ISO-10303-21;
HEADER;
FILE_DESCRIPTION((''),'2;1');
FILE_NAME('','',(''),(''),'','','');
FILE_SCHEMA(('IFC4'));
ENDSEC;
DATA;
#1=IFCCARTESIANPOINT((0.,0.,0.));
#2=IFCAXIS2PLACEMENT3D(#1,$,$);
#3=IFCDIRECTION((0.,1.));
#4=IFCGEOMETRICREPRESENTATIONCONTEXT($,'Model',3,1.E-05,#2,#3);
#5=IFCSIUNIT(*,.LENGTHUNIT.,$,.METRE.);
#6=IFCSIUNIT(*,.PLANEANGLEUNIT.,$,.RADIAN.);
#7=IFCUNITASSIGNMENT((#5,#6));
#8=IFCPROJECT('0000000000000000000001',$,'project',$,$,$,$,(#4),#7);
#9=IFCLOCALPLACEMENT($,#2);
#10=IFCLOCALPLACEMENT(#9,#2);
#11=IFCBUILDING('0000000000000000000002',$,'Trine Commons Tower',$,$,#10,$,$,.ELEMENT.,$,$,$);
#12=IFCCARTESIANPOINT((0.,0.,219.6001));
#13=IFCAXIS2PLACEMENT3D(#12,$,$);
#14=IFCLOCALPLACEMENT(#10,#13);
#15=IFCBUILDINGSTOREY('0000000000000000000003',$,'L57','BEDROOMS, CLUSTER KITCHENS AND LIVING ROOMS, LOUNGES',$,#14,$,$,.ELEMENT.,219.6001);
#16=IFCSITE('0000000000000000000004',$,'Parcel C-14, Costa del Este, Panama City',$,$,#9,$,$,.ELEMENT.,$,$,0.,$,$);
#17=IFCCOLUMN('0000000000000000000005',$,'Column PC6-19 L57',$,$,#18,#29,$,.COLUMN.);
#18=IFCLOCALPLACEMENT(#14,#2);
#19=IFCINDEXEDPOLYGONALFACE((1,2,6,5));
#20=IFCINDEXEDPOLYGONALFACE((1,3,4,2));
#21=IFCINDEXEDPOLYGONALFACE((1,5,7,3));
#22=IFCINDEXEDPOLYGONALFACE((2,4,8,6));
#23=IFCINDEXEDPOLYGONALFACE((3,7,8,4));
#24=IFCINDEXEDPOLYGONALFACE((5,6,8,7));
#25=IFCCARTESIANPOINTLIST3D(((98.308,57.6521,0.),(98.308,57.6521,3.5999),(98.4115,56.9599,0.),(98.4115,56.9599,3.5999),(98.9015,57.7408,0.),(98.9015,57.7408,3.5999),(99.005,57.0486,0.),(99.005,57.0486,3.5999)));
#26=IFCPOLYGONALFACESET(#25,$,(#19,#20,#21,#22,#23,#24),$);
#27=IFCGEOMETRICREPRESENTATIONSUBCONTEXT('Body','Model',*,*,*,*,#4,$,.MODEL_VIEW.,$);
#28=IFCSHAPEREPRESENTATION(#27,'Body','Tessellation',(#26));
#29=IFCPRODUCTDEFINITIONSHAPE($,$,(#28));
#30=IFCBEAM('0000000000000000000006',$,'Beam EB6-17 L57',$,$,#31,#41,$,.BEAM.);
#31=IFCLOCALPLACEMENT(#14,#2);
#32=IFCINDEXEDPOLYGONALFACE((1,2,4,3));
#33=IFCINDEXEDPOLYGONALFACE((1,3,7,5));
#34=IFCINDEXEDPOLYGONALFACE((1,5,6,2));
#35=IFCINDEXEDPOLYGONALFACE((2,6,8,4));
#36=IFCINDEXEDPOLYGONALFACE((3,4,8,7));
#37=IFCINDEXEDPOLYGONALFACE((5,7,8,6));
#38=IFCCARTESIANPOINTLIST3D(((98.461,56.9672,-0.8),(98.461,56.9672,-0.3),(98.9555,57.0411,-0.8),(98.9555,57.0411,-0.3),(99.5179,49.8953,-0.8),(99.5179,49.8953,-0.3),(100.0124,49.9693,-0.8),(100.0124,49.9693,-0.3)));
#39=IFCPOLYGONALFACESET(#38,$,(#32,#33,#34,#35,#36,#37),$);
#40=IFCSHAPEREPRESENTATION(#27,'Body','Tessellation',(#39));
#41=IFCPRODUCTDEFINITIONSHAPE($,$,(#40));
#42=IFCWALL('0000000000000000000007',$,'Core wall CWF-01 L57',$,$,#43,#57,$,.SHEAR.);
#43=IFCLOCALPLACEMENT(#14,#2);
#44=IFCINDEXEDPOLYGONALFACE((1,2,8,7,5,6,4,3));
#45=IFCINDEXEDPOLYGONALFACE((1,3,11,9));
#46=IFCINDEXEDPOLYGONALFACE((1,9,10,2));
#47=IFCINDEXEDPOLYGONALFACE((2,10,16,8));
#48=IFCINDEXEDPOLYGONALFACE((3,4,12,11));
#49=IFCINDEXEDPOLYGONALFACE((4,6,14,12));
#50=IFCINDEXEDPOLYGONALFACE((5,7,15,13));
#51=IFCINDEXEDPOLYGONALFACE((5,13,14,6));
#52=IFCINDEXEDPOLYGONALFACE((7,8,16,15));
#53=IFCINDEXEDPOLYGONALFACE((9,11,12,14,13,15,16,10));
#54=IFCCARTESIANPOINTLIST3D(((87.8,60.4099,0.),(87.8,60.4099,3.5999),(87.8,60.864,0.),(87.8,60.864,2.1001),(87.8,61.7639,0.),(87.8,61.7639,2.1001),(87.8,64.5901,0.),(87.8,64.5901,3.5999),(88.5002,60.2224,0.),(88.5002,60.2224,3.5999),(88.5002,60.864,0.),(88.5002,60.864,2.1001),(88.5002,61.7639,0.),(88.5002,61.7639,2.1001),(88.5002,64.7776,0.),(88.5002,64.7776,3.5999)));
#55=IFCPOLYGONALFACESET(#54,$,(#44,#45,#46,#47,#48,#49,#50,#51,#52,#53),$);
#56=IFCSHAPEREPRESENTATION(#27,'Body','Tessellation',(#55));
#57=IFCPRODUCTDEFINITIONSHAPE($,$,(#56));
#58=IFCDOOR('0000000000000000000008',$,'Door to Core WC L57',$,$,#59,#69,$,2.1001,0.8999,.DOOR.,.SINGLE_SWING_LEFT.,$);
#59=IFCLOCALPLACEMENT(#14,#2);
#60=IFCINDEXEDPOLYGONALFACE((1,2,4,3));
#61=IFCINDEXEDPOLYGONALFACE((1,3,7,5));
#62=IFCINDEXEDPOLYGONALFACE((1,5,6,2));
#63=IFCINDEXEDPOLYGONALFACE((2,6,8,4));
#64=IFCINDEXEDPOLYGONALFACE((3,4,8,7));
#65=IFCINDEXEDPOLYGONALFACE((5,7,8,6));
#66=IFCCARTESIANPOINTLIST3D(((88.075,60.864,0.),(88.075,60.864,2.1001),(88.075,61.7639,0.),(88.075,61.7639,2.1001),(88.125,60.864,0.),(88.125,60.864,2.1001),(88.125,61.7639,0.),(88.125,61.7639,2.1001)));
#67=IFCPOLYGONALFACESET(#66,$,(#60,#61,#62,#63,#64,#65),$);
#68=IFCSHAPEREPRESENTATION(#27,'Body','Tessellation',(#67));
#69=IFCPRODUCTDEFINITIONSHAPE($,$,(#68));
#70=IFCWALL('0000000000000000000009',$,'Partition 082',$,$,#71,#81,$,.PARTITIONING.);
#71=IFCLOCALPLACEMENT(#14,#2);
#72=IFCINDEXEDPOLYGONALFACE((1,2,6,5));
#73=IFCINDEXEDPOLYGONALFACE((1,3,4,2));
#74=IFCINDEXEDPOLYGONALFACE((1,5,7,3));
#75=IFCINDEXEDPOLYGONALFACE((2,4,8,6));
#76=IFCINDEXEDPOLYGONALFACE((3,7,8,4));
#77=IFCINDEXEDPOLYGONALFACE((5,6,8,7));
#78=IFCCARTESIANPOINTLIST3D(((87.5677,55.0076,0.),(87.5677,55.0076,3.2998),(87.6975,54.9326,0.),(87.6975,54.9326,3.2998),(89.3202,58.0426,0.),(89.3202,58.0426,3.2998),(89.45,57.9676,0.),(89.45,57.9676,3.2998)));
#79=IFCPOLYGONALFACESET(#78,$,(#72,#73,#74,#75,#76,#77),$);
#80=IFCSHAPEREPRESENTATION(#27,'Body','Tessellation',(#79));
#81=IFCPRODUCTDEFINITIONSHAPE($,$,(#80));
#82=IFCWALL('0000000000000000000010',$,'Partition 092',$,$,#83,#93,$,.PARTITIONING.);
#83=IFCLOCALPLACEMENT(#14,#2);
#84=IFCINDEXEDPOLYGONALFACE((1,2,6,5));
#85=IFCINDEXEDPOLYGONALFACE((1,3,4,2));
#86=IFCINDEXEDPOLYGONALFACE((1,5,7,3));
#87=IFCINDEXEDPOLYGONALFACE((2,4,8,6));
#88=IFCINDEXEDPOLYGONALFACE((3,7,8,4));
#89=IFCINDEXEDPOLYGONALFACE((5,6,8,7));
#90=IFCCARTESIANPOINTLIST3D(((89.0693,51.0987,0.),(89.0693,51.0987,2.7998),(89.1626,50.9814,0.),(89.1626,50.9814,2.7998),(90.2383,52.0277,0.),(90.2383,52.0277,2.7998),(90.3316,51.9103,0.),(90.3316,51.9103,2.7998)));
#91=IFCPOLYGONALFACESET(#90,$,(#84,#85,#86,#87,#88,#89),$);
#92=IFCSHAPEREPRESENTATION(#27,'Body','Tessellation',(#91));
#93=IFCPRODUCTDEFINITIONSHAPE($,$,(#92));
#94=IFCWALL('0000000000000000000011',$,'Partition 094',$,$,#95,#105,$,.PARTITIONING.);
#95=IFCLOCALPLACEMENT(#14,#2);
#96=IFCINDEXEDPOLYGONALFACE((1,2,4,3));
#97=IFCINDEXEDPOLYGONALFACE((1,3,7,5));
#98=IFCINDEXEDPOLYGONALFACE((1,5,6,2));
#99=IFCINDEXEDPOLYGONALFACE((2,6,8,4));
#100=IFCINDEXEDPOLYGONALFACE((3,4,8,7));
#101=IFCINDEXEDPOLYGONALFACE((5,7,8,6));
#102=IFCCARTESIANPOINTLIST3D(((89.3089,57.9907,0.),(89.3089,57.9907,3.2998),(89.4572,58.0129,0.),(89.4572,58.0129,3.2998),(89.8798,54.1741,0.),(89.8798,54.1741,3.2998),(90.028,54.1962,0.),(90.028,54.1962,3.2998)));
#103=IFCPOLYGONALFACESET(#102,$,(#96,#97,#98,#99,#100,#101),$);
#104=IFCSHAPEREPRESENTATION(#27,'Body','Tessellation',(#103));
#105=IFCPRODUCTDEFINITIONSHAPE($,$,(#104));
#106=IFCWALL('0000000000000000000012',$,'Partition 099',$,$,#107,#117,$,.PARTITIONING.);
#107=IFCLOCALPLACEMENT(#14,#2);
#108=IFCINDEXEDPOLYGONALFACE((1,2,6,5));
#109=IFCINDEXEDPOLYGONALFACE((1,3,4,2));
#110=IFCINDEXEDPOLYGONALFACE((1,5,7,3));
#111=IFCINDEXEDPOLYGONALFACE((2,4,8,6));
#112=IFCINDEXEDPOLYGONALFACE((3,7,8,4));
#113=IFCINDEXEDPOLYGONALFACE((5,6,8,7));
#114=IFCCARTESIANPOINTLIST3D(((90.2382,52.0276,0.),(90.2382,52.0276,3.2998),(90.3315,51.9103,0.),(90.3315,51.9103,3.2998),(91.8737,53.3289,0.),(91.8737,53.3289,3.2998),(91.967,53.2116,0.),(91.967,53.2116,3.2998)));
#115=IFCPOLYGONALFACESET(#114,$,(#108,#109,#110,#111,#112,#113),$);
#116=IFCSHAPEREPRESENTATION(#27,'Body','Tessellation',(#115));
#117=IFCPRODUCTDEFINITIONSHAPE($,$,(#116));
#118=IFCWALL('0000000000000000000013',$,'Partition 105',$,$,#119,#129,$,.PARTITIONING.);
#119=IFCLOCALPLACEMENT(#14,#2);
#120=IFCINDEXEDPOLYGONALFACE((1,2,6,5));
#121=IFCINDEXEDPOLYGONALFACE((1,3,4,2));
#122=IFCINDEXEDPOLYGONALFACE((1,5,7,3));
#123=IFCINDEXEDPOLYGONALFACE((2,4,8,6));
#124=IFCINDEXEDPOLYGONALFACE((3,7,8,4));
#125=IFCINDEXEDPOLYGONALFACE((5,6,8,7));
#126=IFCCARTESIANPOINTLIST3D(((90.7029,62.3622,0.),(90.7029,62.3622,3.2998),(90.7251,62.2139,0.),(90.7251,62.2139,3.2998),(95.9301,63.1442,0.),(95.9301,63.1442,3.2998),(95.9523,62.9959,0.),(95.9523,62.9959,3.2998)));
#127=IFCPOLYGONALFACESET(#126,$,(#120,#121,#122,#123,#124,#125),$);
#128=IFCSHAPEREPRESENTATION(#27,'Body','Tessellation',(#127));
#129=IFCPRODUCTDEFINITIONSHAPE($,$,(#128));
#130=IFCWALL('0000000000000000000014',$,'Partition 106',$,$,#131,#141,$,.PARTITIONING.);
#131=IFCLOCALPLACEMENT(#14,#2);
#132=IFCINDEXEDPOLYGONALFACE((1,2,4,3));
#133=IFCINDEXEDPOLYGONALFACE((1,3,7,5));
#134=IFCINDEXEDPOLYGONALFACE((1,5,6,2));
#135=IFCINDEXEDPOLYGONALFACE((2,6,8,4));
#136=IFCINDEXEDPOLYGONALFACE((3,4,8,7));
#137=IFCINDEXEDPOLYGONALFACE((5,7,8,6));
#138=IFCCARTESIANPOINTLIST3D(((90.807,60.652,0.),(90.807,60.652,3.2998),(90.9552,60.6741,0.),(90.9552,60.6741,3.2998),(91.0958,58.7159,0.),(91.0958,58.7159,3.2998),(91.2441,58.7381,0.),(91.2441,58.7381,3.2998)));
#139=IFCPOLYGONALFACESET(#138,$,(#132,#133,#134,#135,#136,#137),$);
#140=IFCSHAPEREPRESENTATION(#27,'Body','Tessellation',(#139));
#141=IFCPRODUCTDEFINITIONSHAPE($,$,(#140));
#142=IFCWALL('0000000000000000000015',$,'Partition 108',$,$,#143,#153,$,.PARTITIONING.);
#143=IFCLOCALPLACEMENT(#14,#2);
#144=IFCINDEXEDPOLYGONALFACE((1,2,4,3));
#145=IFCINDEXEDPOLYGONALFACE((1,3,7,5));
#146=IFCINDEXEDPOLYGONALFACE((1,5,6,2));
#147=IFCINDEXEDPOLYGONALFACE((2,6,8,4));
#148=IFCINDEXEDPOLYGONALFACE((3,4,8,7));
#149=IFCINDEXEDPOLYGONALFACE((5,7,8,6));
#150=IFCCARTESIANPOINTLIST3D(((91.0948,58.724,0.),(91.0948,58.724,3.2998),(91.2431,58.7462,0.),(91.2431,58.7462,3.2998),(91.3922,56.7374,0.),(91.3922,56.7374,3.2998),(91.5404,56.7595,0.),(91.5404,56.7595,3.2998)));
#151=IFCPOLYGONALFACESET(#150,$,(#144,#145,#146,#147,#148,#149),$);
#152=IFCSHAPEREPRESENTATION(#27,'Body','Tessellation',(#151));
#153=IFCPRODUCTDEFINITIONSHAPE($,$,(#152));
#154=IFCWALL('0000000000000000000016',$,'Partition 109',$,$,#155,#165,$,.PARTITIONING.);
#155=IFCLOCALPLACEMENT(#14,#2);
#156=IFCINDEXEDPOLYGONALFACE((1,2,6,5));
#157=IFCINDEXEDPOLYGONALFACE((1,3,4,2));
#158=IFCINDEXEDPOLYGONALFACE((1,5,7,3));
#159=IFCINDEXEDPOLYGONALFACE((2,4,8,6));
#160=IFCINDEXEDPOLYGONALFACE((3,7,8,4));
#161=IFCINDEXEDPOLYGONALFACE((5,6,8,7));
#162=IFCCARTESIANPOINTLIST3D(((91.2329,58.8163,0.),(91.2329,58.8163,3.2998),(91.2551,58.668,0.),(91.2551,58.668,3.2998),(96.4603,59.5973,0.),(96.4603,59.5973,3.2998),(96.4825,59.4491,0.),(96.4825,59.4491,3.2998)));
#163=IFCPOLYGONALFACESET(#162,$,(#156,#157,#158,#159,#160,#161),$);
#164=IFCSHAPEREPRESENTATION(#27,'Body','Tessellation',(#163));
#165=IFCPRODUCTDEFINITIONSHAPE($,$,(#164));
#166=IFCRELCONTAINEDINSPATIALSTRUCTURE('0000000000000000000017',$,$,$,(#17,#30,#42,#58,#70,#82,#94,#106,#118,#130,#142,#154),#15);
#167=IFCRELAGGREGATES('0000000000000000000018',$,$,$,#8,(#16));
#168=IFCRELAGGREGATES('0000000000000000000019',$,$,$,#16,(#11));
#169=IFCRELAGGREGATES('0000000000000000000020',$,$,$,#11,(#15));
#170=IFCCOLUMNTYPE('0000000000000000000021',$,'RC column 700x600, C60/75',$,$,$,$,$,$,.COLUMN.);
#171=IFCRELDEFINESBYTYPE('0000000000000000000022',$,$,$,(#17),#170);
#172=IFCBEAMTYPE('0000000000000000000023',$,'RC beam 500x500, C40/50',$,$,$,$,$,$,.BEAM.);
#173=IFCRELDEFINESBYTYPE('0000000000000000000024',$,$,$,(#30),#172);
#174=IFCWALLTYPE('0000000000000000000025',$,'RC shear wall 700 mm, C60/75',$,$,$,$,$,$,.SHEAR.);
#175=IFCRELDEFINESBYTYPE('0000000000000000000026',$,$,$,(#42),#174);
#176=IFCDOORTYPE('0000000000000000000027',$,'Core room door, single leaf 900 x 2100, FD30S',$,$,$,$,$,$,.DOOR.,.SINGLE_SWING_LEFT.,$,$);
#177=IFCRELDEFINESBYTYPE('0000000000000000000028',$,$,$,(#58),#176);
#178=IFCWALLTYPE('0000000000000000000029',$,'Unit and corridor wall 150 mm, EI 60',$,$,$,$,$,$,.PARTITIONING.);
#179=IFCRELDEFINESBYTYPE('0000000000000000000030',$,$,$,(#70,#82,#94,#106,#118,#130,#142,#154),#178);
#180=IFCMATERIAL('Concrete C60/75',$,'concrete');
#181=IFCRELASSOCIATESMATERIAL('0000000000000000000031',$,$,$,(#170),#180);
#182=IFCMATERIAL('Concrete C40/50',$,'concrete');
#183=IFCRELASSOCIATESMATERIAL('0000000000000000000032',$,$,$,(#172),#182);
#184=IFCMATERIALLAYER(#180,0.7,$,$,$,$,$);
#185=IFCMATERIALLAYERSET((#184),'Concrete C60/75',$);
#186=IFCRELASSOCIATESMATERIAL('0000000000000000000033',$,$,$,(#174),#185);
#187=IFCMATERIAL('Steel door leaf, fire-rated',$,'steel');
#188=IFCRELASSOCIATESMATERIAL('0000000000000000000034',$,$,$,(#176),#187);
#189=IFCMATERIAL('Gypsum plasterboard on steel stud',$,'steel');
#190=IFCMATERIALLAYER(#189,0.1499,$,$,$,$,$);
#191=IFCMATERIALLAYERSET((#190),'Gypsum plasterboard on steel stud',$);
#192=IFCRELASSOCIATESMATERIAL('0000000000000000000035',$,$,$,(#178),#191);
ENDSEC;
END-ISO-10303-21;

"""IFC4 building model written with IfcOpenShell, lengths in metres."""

from ifc_helpers import new_model, si_unit, direction, frame, frame_2d, origin, origin_2d, place, context, subcontext, project, spatial, polyline, rectangle, outline, extrude, material, layer, layer_set, material_profile, profile_set, type_object, element, fill, save


model = new_model("IFC4")

# Units and contexts
model_context = context("Model", 3, precision=1e-05, world=origin(), true_north=direction((0.0, 1.0)))
body_context = subcontext(model_context, "Body", "Model", "MODEL_VIEW")
ifc_project = project(units=[si_unit("LENGTHUNIT", "METRE"), si_unit("PLANEANGLEUNIT", "RADIAN")], contexts=[model_context])

# Site, building, storey
site_placement = place(None, origin())
site = spatial("IfcSite", under=ifc_project, at=site_placement, Name="Parcel C-14, Costa del Este, Panama City", CompositionType="ELEMENT", RefElevation=0.0)
building_placement = place(site_placement, origin())
building = spatial("IfcBuilding", under=site, at=building_placement, Name="Trine Commons Tower", CompositionType="ELEMENT")
storey_placement = place(building_placement, frame((0.0, 0.0, 219.6001)))
storey = spatial("IfcBuildingStorey", under=building, at=storey_placement, Name="L57", Description="BEDROOMS, CLUSTER KITCHENS AND LIVING ROOMS, LOUNGES", CompositionType="ELEMENT", Elevation=219.6001)

# Column
ifc_material_1 = material(Name="Concrete C60/75", Category="concrete")
ifc_material_profile_1 = material_profile(ifc_material_1, rectangle(XDim=0.7, YDim=0.6001, at=origin_2d()), Name="RC 700x600")
ifc_profile_set_1 = profile_set([ifc_material_profile_1], Name="Concrete C60/75")
column_type = type_object("IfcColumnType", Name="RC column 700x600, C60/75", PredefinedType="COLUMN", material=ifc_profile_set_1)
column_placement = place(storey_placement, frame((98.6565, 57.3503, 0.0), z_axis=(0.0, 0.0, 1.0), x_axis=(-0.147809, 0.989016, 0.0)))
element("IfcColumn", 1, at=column_placement, inside=storey, type_object=column_type, Name="Column PC6-19 L57", PredefinedType="COLUMN", context=body_context, shape_type="SweptSolid", body=[
    extrude(rectangle(XDim=0.7, YDim=0.6001, at=origin_2d()), origin(), (0.0, 0.0, 1.0), 3.5999),
])

# Beam
ifc_material_2 = material(Name="Concrete C40/50", Category="concrete")
ifc_material_profile_2 = material_profile(ifc_material_2, rectangle(XDim=0.5, YDim=0.5, at=origin_2d()), Name="RC 500x500")
ifc_profile_set_2 = profile_set([ifc_material_profile_2], Name="Concrete C40/50")
beam_type = type_object("IfcBeamType", Name="RC beam 500x500, C40/50", PredefinedType="BEAM", material=ifc_profile_set_2)
beam_placement = place(storey_placement, frame((98.7083, 57.0042, -0.55), z_axis=(0.147809, -0.989016, 0.0), x_axis=(0.989016, 0.147809, 0.0)))
element("IfcBeam", 2, at=beam_placement, inside=storey, type_object=beam_type, Name="Beam EB6-17 L57", PredefinedType="BEAM", context=body_context, shape_type="SweptSolid", body=[
    extrude(rectangle(XDim=0.5, YDim=0.5, at=origin_2d()), origin(), (0.0, 0.0, 1.0), 7.1504),
])

# Wall, opening, door
ifc_layer_1 = layer(ifc_material_1, 0.7)
ifc_layer_set_1 = layer_set([ifc_layer_1], Name="Concrete C60/75")
wall_type_1 = type_object("IfcWallType", Name="RC shear wall 700 mm, C60/75", PredefinedType="SHEAR", material=ifc_layer_set_1)
wall_1_placement = place(storey_placement, frame((88.1501, 60.2224, 0.0), z_axis=(0.0, 0.0, 1.0), x_axis=(0.0, 1.0, 0.0)))
wall_1 = element("IfcWall", 3, at=wall_1_placement, inside=storey, type_object=wall_type_1, Name="Core wall CWF-01 L57", PredefinedType="SHEAR", context=body_context, shape_type="SweptSolid", body=[
    extrude(outline(polyline([(0.0, -0.3501), (4.5552, -0.3501), (4.3677, 0.3501), (0.1875, 0.3501), (0.0, -0.3501)])), origin(), (0.0, 0.0, 1.0), 3.5999),
])
opening_1_placement = place(wall_1_placement, frame((0.6416, 0.0, 0.0)))
opening_1 = element("IfcOpeningElement", 4, at=opening_1_placement, cuts=wall_1, PredefinedType="OPENING", context=body_context, shape_type="SweptSolid", body=[
    extrude(rectangle(XDim=0.8999, YDim=2.1001, at=frame_2d((0.45, 1.05))), frame((0.0, 0.3599, 0.0), z_axis=(0.0, -1.0, 0.0), x_axis=(1.0, 0.0, 0.0)), (0.0, 0.0, 1.0), 0.72),
])
ifc_material_3 = material(Name="Steel door leaf, fire-rated", Category="steel")
door_type_1 = type_object("IfcDoorType", Name="Core room door, single leaf 900 x 2100, FD30S", OperationType="SINGLE_SWING_LEFT", PredefinedType="DOOR", material=ifc_material_3)
door_1_placement = place(opening_1_placement, origin())
door_1 = element("IfcDoor", 5, at=door_1_placement, inside=storey, type_object=door_type_1, Name="Door to Core WC L57", OperationType="SINGLE_SWING_LEFT", OverallHeight=2.1001, OverallWidth=0.8999, PredefinedType="DOOR", context=body_context, shape_type="SweptSolid", body=[
    extrude(rectangle(XDim=0.8999, YDim=2.1001, at=frame_2d((0.45, 1.05))), frame((0.0, 0.0752, 0.0), z_axis=(0.0, -1.0, 0.0), x_axis=(1.0, 0.0, 0.0)), (0.0, 0.0, 1.0), 0.05),
])
fill(opening_1, door_1)

# Walls
ifc_material_4 = material(Name="Gypsum plasterboard on steel stud", Category="steel")
ifc_layer_2 = layer(ifc_material_4, 0.1499)
ifc_layer_set_2 = layer_set([ifc_layer_2], Name="Gypsum plasterboard on steel stud")
wall_type_2 = type_object("IfcWallType", Name="Unit and corridor wall 150 mm, EI 60", PredefinedType="PARTITIONING", material=ifc_layer_set_2)
wall_2_placement = place(storey_placement, frame((87.6326, 54.97, 0.0), z_axis=(0.0, 0.0, 1.0), x_axis=(0.50005, 0.865996, 0.0)))
element("IfcWall", 6, at=wall_2_placement, inside=storey, type_object=wall_type_2, Name="Partition 082", PredefinedType="PARTITIONING", context=body_context, shape_type="SweptSolid", body=[
    extrude(rectangle(XDim=3.5046, YDim=0.1499, at=frame_2d((1.7524, 0.0))), origin(), (0.0, 0.0, 1.0), 3.2998),
])
wall_3_placement = place(storey_placement, frame((89.116, 51.04, 0.0), z_axis=(0.0, 0.0, 1.0), x_axis=(0.782891, 0.622159, 0.0)))
element("IfcWall", 7, at=wall_3_placement, inside=storey, type_object=wall_type_2, Name="Partition 092", PredefinedType="PARTITIONING", context=body_context, shape_type="SweptSolid", body=[
    extrude(rectangle(XDim=1.4932, YDim=0.1499, at=frame_2d((0.7466, 0.0))), origin(), (0.0, 0.0, 1.0), 2.7998),
])
wall_4_placement = place(storey_placement, frame((89.3831, 58.002, 0.0), z_axis=(0.0, 0.0, 1.0), x_axis=(0.14791, -0.989001, 0.0)))
element("IfcWall", 8, at=wall_4_placement, inside=storey, type_object=wall_type_2, Name="Partition 094", PredefinedType="PARTITIONING", context=body_context, shape_type="SweptSolid", body=[
    extrude(rectangle(XDim=3.8591, YDim=0.1499, at=frame_2d((1.9297, 0.0))), origin(), (0.0, 0.0, 1.0), 3.2998),
])
wall_5_placement = place(storey_placement, frame((90.2849, 51.969, 0.0), z_axis=(0.0, 0.0, 1.0), x_axis=(0.78253, 0.622613, 0.0)))
element("IfcWall", 9, at=wall_5_placement, inside=storey, type_object=wall_type_2, Name="Partition 099", PredefinedType="PARTITIONING", context=body_context, shape_type="SweptSolid", body=[
    extrude(rectangle(XDim=2.0901, YDim=0.1499, at=frame_2d((1.0449, 0.0))), origin(), (0.0, 0.0, 1.0), 3.2998),
])
wall_6_placement = place(storey_placement, frame((90.7141, 62.2881, 0.0), z_axis=(0.0, 0.0, 1.0), x_axis=(0.988995, 0.14795, 0.0)))
element("IfcWall", 10, at=wall_6_placement, inside=storey, type_object=wall_type_2, Name="Partition 105", PredefinedType="PARTITIONING", context=body_context, shape_type="SweptSolid", body=[
    extrude(rectangle(XDim=5.2854, YDim=0.1499, at=frame_2d((2.6426, 0.0))), origin(), (0.0, 0.0, 1.0), 3.2998),
])
wall_7_placement = place(storey_placement, frame((90.8811, 60.6631, 0.0), z_axis=(0.0, 0.0, 1.0), x_axis=(0.147548, -0.989055, 0.0)))
element("IfcWall", 11, at=wall_7_placement, inside=storey, type_object=wall_type_2, Name="Partition 106", PredefinedType="PARTITIONING", context=body_context, shape_type="SweptSolid", body=[
    extrude(rectangle(XDim=1.9575, YDim=0.1499, at=frame_2d((0.9788, 0.0))), origin(), (0.0, 0.0, 1.0), 3.2998),
])
wall_8_placement = place(storey_placement, frame((91.1689, 58.7351, 0.0), z_axis=(0.0, 0.0, 1.0), x_axis=(0.148037, -0.988982, 0.0)))
element("IfcWall", 12, at=wall_8_placement, inside=storey, type_object=wall_type_2, Name="Partition 108", PredefinedType="PARTITIONING", context=body_context, shape_type="SweptSolid", body=[
    extrude(rectangle(XDim=2.0088, YDim=0.1499, at=frame_2d((1.0044, 0.0))), origin(), (0.0, 0.0, 1.0), 3.2998),
])
wall_9_placement = place(storey_placement, frame((91.2441, 58.7422, 0.0), z_axis=(0.0, 0.0, 1.0), x_axis=(0.989022, 0.147769, 0.0)))
element("IfcWall", 13, at=wall_9_placement, inside=storey, type_object=wall_type_2, Name="Partition 109", PredefinedType="PARTITIONING", context=body_context, shape_type="SweptSolid", body=[
    extrude(rectangle(XDim=5.2854, YDim=0.1499, at=frame_2d((2.6426, 0.0))), origin(), (0.0, 0.0, 1.0), 3.2998),
])

save(model, "model.ifc")
